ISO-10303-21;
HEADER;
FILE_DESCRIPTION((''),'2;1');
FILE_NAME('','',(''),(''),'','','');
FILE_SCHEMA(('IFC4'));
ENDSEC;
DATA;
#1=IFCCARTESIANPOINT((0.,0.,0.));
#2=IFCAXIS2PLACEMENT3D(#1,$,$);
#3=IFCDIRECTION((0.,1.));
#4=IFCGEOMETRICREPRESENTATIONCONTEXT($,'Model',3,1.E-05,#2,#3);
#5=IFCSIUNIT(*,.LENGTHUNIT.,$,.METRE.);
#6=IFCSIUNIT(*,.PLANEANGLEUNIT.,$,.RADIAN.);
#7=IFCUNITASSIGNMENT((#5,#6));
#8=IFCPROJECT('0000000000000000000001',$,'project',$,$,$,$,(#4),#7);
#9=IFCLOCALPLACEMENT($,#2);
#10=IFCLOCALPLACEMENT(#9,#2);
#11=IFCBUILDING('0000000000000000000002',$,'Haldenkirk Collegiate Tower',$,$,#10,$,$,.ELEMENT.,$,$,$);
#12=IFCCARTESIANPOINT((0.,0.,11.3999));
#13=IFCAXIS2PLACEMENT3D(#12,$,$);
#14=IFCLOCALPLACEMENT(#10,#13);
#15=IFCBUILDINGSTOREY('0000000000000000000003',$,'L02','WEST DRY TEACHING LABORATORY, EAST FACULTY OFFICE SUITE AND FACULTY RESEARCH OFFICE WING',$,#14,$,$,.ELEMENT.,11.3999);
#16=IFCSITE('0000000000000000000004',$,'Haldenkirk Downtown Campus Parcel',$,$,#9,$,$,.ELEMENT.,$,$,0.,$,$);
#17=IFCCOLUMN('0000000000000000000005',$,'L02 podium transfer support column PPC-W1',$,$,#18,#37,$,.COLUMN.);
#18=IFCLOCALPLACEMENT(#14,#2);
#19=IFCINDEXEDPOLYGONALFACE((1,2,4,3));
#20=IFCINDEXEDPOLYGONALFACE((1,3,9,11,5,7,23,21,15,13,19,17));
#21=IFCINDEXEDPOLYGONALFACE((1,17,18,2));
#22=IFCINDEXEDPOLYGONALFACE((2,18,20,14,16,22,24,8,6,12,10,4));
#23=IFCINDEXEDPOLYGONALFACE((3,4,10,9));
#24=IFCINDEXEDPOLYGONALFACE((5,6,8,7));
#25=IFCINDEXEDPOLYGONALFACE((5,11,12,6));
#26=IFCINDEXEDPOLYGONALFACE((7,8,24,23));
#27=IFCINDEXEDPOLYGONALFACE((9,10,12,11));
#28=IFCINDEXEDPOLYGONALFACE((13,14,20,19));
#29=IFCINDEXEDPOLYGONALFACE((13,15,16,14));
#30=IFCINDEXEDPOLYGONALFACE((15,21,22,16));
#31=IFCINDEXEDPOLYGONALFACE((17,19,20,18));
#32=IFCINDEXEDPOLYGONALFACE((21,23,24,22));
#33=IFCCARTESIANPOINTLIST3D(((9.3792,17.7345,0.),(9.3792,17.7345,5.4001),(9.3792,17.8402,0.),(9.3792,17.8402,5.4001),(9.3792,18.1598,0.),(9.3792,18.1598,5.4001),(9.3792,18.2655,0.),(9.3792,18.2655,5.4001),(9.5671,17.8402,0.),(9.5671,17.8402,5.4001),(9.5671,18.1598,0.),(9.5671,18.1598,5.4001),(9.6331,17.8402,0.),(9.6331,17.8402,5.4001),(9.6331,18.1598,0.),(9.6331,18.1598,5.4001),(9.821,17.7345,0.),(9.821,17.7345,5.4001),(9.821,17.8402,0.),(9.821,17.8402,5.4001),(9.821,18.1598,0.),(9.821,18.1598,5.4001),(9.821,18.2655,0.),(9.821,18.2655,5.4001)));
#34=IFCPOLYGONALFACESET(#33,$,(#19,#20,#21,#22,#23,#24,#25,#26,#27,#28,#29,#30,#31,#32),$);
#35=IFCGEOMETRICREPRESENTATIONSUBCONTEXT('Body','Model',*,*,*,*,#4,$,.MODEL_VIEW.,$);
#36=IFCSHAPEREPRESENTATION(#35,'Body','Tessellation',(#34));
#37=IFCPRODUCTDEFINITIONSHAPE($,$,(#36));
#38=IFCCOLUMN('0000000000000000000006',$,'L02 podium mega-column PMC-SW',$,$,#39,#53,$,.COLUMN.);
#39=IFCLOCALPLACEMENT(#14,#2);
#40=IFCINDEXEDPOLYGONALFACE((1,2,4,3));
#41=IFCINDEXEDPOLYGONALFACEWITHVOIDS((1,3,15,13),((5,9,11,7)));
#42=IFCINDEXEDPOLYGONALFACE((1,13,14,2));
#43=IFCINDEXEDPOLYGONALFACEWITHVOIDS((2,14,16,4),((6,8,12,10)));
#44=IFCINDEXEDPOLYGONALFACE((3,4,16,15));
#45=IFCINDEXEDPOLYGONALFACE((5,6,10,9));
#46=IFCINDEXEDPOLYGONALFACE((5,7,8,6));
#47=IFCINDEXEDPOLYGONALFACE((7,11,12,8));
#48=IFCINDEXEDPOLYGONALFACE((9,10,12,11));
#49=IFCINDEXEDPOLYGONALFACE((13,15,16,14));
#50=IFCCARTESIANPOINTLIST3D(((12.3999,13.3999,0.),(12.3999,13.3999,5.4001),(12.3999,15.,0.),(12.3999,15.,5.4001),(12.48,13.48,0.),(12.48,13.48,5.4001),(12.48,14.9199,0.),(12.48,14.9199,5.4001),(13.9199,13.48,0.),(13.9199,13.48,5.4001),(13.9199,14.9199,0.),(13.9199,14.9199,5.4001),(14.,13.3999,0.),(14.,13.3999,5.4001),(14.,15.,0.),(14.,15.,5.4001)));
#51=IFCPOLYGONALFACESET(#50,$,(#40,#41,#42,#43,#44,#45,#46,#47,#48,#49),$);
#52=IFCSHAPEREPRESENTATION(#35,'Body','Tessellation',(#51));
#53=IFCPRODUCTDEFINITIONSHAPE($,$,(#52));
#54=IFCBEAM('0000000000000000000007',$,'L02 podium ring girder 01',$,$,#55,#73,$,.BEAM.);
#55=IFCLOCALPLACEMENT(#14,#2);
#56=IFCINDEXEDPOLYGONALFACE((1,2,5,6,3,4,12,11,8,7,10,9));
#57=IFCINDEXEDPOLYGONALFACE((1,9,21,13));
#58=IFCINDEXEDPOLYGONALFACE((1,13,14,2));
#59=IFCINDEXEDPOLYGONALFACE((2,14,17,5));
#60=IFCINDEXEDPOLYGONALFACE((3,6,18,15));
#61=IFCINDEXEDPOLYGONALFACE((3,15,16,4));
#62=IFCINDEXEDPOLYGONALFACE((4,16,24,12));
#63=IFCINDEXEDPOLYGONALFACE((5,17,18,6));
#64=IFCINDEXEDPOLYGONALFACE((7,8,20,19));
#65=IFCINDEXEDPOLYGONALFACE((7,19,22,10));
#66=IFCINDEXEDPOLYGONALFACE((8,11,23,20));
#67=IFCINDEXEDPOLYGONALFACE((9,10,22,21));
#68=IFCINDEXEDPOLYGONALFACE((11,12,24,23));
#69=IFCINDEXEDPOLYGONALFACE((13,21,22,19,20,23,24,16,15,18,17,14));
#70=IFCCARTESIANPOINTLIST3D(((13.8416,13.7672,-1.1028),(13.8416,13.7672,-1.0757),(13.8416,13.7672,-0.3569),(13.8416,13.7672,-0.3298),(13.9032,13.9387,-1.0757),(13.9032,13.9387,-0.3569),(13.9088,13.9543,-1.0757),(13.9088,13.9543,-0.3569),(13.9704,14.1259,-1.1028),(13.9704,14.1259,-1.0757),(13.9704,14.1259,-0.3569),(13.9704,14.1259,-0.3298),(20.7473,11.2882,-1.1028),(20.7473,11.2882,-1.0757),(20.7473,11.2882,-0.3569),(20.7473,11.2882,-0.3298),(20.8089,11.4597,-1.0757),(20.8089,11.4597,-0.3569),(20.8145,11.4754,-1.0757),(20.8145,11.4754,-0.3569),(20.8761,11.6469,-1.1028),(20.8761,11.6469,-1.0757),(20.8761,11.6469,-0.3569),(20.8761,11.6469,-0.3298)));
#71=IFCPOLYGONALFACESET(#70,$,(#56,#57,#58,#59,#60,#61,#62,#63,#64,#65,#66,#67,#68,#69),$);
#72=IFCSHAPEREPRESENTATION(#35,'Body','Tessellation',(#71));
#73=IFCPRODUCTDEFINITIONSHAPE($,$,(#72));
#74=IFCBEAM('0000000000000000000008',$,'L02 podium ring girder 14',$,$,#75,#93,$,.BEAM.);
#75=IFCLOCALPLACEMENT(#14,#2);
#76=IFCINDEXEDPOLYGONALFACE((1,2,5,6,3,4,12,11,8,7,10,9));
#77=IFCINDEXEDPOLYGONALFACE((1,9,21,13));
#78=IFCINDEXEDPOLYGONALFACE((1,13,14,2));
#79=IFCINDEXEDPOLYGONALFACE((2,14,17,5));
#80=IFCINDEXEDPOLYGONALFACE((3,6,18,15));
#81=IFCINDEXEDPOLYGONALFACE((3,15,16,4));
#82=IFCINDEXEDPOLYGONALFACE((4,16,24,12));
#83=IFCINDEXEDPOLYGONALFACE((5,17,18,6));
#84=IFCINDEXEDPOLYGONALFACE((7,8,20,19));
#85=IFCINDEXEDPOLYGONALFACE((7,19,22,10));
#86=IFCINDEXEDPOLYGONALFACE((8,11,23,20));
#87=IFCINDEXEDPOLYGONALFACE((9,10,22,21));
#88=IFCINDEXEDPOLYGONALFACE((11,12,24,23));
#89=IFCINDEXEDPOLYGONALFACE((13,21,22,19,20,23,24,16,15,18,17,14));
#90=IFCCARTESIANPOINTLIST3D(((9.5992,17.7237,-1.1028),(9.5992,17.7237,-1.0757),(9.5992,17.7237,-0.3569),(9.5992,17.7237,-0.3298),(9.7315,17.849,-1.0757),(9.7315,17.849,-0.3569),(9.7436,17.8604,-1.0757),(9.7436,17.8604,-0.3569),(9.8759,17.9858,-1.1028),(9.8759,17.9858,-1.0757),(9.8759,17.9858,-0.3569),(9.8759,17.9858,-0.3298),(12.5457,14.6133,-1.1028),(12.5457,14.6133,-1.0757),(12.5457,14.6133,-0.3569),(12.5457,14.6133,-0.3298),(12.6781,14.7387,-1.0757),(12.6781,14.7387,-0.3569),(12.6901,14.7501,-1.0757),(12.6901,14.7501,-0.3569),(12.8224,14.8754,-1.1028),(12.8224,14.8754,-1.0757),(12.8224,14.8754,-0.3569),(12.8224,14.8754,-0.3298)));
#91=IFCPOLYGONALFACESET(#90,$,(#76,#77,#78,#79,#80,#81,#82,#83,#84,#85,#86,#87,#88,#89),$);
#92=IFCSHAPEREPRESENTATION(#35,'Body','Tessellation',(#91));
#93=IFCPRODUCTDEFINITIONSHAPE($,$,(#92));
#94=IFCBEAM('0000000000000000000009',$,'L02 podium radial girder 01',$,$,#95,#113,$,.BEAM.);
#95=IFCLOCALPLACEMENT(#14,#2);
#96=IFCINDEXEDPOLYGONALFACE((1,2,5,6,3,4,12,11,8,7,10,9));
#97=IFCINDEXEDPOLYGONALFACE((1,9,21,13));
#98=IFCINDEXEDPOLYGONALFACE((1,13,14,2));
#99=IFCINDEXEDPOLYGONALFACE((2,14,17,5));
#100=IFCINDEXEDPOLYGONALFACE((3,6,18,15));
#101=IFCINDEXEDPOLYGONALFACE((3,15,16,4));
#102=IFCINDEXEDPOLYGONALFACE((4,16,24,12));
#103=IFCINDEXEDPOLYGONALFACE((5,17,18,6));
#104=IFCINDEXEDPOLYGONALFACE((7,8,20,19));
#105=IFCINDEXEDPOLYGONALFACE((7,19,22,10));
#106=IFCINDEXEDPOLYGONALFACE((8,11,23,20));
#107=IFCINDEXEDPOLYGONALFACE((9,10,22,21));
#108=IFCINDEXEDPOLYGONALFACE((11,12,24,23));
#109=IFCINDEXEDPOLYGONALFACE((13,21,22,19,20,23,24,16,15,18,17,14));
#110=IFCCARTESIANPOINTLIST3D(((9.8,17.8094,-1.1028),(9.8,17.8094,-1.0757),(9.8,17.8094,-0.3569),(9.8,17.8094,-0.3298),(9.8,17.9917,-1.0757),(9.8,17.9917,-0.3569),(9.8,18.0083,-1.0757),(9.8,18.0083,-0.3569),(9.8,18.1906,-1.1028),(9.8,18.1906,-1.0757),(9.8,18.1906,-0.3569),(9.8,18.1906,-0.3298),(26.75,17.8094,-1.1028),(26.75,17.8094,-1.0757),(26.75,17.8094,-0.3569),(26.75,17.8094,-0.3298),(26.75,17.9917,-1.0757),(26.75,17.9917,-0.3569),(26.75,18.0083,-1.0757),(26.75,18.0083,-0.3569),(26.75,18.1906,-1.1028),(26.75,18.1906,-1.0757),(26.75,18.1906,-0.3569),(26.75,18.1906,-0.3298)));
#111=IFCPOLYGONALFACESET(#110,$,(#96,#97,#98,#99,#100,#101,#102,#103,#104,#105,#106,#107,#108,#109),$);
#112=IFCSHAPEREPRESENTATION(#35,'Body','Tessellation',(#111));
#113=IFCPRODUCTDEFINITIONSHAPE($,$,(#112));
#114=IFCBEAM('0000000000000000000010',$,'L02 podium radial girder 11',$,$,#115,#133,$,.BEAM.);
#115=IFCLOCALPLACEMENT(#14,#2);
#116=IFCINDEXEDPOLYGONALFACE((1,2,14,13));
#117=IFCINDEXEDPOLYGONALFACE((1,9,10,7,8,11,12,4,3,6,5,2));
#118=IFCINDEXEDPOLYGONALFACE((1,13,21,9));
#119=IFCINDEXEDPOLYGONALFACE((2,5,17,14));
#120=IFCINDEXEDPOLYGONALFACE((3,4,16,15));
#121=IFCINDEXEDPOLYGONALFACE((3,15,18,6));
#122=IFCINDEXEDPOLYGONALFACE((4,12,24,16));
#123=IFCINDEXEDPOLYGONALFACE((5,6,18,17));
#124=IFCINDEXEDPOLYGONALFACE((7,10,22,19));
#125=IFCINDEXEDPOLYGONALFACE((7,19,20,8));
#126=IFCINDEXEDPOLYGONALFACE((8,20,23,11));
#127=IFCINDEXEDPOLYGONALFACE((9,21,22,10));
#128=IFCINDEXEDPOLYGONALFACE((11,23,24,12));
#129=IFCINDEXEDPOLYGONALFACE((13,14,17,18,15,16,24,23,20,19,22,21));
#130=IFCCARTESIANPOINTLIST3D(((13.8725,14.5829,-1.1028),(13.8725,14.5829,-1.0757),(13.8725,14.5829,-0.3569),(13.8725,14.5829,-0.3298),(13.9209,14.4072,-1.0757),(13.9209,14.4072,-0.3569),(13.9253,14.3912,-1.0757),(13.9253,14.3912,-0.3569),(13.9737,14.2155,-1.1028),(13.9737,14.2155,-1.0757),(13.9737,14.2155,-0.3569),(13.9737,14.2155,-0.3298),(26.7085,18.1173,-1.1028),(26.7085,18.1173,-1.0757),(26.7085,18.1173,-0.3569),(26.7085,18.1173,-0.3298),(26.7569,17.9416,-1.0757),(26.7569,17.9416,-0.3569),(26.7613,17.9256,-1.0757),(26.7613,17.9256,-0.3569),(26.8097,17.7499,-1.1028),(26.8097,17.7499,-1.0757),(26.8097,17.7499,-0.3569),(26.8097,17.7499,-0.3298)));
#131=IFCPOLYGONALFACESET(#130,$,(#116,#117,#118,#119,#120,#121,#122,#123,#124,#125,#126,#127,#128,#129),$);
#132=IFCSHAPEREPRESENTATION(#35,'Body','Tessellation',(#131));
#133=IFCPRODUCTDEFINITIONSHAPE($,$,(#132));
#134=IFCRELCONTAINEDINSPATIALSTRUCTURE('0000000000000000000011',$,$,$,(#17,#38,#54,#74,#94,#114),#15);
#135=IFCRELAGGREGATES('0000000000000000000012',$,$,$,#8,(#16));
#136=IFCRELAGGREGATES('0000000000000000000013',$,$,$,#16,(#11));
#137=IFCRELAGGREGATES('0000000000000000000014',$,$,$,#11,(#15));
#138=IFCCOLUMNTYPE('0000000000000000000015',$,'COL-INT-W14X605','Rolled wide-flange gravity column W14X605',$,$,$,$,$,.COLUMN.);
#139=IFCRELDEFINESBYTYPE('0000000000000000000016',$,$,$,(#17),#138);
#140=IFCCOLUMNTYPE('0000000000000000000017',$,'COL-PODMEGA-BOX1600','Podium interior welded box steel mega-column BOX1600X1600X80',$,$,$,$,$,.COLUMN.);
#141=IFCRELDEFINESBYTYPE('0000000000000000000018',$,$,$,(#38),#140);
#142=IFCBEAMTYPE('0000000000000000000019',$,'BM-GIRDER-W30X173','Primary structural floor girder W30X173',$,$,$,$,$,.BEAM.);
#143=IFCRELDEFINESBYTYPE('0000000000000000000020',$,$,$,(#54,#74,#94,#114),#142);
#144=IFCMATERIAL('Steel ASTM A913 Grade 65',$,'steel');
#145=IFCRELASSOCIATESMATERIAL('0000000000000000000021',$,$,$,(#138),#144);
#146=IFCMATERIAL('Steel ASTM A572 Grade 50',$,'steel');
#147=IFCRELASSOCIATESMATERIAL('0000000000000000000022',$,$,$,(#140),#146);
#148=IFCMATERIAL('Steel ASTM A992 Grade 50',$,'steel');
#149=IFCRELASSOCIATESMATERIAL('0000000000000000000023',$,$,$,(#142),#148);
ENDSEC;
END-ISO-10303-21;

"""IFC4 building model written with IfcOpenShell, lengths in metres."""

from ifc_helpers import new_model, si_unit, direction, frame, origin, origin_2d, place, context, subcontext, project, spatial, hollow_rectangle, i_section, extrude, material, material_profile, profile_set, type_object, element, save


model = new_model("IFC4")

# Units and contexts
model_context = context("Model", 3, precision=1e-05, world=origin(), true_north=direction((0.0, 1.0)))
body_context = subcontext(model_context, "Body", "Model", "MODEL_VIEW")
ifc_project = project(units=[si_unit("LENGTHUNIT", "METRE"), si_unit("PLANEANGLEUNIT", "RADIAN")], contexts=[model_context])

# Site, building, storey
site_placement = place(None, origin())
site = spatial("IfcSite", under=ifc_project, at=site_placement, Name="Haldenkirk Downtown Campus Parcel", CompositionType="ELEMENT", RefElevation=0.0)
building_placement = place(site_placement, origin())
building = spatial("IfcBuilding", under=site, at=building_placement, Name="Haldenkirk Collegiate Tower", CompositionType="ELEMENT")
storey_placement = place(building_placement, frame((0.0, 0.0, 11.3999)))
storey = spatial("IfcBuildingStorey", under=building, at=storey_placement, Name="L02", Description="WEST DRY TEACHING LABORATORY, EAST FACULTY OFFICE SUITE AND FACULTY RESEARCH OFFICE WING", CompositionType="ELEMENT", Elevation=11.3999)

# Columns
ifc_material_1 = material(Name="Steel ASTM A913 Grade 65", Category="steel")
ifc_material_profile_1 = material_profile(ifc_material_1, i_section(OverallWidth=0.4419, OverallDepth=0.531, WebThickness=0.0659, FlangeThickness=0.1057, at=origin_2d()), Name="W14X605")
ifc_profile_set_1 = profile_set([ifc_material_profile_1], Name="Steel ASTM A913 Grade 65")
column_type_1 = type_object("IfcColumnType", Name="COL-INT-W14X605", Description="Rolled wide-flange gravity column W14X605", PredefinedType="COLUMN", material=ifc_profile_set_1)
column_1_placement = place(storey_placement, frame((9.6001, 18.0, 0.0), z_axis=(0.0, 0.0, 1.0), x_axis=(1.0, 0.0, 0.0)))
element("IfcColumn", 1, at=column_1_placement, inside=storey, type_object=column_type_1, Name="L02 podium transfer support column PPC-W1", PredefinedType="COLUMN", context=body_context, shape_type="SweptSolid", body=[
    extrude(i_section(OverallWidth=0.4419, OverallDepth=0.531, WebThickness=0.0659, FlangeThickness=0.1057, at=origin_2d()), origin(), (0.0, 0.0, 1.0), 5.4001),
])
ifc_material_2 = material(Name="Steel ASTM A572 Grade 50", Category="steel")
ifc_material_profile_2 = material_profile(ifc_material_2, hollow_rectangle(XDim=1.6001, YDim=1.6001, WallThickness=0.0801, at=origin_2d()), Name="BOX1600X1600X80")
ifc_profile_set_2 = profile_set([ifc_material_profile_2], Name="Steel ASTM A572 Grade 50")
column_type_2 = type_object("IfcColumnType", Name="COL-PODMEGA-BOX1600", Description="Podium interior welded box steel mega-column BOX1600X1600X80", PredefinedType="COLUMN", material=ifc_profile_set_2)
column_2_placement = place(storey_placement, frame((13.2, 14.2, 0.0), z_axis=(0.0, 0.0, 1.0), x_axis=(1.0, 0.0, 0.0)))
element("IfcColumn", 2, at=column_2_placement, inside=storey, type_object=column_type_2, Name="L02 podium mega-column PMC-SW", PredefinedType="COLUMN", context=body_context, shape_type="SweptSolid", body=[
    extrude(hollow_rectangle(XDim=1.6001, YDim=1.6001, WallThickness=0.0801, at=origin_2d()), origin(), (0.0, 0.0, 1.0), 5.4001),
])

# Beams
ifc_material_3 = material(Name="Steel ASTM A992 Grade 50", Category="steel")
ifc_material_profile_3 = material_profile(ifc_material_3, i_section(OverallWidth=0.3811, OverallDepth=0.7729, WebThickness=0.0166, FlangeThickness=0.0271, at=origin_2d()), Name="W30X173")
ifc_profile_set_3 = profile_set([ifc_material_profile_3], Name="Steel ASTM A992 Grade 50")
beam_type = type_object("IfcBeamType", Name="BM-GIRDER-W30X173", Description="Primary structural floor girder W30X173", PredefinedType="BEAM", material=ifc_profile_set_3)
beam_1_placement = place(storey_placement, frame((13.906, 13.9465, -0.7163), z_axis=(0.941194, -0.337866, 0.0), x_axis=(0.337866, 0.941194, 0.0)))
element("IfcBeam", 3, at=beam_1_placement, inside=storey, type_object=beam_type, Name="L02 podium ring girder 01", PredefinedType="BEAM", context=body_context, shape_type="SweptSolid", body=[
    extrude(i_section(OverallWidth=0.3811, OverallDepth=0.7729, WebThickness=0.0166, FlangeThickness=0.0271, at=origin_2d()), origin(), (0.0, 0.0, 1.0), 7.3372),
])
beam_2_placement = place(storey_placement, frame((9.7375, 17.8547, -0.7163), z_axis=(0.68773, -0.725966, 0.0), x_axis=(0.725966, 0.68773, 0.0)))
element("IfcBeam", 4, at=beam_2_placement, inside=storey, type_object=beam_type, Name="L02 podium ring girder 14", PredefinedType="BEAM", context=body_context, shape_type="SweptSolid", body=[
    extrude(i_section(OverallWidth=0.3811, OverallDepth=0.7729, WebThickness=0.0166, FlangeThickness=0.0271, at=origin_2d()), origin(), (0.0, 0.0, 1.0), 4.2844),
])
beam_3_placement = place(storey_placement, frame((9.8, 18.0, -0.7163), z_axis=(1.0, 0.0, 0.0), x_axis=(0.0, 1.0, 0.0)))
element("IfcBeam", 5, at=beam_3_placement, inside=storey, type_object=beam_type, Name="L02 podium radial girder 01", PredefinedType="BEAM", context=body_context, shape_type="SweptSolid", body=[
    extrude(i_section(OverallWidth=0.3811, OverallDepth=0.7729, WebThickness=0.0166, FlangeThickness=0.0271, at=origin_2d()), origin(), (0.0, 0.0, 1.0), 16.95),
])
beam_4_placement = place(storey_placement, frame((13.9231, 14.3992, -0.7163), z_axis=(0.964118, 0.265474, 0.0), x_axis=(-0.265474, 0.964118, 0.0)))
element("IfcBeam", 6, at=beam_4_placement, inside=storey, type_object=beam_type, Name="L02 podium radial girder 11", PredefinedType="BEAM", context=body_context, shape_type="SweptSolid", body=[
    extrude(i_section(OverallWidth=0.3811, OverallDepth=0.7729, WebThickness=0.0166, FlangeThickness=0.0271, at=origin_2d()), origin(), (0.0, 0.0, 1.0), 13.3137),
])

save(model, "model.ifc")
